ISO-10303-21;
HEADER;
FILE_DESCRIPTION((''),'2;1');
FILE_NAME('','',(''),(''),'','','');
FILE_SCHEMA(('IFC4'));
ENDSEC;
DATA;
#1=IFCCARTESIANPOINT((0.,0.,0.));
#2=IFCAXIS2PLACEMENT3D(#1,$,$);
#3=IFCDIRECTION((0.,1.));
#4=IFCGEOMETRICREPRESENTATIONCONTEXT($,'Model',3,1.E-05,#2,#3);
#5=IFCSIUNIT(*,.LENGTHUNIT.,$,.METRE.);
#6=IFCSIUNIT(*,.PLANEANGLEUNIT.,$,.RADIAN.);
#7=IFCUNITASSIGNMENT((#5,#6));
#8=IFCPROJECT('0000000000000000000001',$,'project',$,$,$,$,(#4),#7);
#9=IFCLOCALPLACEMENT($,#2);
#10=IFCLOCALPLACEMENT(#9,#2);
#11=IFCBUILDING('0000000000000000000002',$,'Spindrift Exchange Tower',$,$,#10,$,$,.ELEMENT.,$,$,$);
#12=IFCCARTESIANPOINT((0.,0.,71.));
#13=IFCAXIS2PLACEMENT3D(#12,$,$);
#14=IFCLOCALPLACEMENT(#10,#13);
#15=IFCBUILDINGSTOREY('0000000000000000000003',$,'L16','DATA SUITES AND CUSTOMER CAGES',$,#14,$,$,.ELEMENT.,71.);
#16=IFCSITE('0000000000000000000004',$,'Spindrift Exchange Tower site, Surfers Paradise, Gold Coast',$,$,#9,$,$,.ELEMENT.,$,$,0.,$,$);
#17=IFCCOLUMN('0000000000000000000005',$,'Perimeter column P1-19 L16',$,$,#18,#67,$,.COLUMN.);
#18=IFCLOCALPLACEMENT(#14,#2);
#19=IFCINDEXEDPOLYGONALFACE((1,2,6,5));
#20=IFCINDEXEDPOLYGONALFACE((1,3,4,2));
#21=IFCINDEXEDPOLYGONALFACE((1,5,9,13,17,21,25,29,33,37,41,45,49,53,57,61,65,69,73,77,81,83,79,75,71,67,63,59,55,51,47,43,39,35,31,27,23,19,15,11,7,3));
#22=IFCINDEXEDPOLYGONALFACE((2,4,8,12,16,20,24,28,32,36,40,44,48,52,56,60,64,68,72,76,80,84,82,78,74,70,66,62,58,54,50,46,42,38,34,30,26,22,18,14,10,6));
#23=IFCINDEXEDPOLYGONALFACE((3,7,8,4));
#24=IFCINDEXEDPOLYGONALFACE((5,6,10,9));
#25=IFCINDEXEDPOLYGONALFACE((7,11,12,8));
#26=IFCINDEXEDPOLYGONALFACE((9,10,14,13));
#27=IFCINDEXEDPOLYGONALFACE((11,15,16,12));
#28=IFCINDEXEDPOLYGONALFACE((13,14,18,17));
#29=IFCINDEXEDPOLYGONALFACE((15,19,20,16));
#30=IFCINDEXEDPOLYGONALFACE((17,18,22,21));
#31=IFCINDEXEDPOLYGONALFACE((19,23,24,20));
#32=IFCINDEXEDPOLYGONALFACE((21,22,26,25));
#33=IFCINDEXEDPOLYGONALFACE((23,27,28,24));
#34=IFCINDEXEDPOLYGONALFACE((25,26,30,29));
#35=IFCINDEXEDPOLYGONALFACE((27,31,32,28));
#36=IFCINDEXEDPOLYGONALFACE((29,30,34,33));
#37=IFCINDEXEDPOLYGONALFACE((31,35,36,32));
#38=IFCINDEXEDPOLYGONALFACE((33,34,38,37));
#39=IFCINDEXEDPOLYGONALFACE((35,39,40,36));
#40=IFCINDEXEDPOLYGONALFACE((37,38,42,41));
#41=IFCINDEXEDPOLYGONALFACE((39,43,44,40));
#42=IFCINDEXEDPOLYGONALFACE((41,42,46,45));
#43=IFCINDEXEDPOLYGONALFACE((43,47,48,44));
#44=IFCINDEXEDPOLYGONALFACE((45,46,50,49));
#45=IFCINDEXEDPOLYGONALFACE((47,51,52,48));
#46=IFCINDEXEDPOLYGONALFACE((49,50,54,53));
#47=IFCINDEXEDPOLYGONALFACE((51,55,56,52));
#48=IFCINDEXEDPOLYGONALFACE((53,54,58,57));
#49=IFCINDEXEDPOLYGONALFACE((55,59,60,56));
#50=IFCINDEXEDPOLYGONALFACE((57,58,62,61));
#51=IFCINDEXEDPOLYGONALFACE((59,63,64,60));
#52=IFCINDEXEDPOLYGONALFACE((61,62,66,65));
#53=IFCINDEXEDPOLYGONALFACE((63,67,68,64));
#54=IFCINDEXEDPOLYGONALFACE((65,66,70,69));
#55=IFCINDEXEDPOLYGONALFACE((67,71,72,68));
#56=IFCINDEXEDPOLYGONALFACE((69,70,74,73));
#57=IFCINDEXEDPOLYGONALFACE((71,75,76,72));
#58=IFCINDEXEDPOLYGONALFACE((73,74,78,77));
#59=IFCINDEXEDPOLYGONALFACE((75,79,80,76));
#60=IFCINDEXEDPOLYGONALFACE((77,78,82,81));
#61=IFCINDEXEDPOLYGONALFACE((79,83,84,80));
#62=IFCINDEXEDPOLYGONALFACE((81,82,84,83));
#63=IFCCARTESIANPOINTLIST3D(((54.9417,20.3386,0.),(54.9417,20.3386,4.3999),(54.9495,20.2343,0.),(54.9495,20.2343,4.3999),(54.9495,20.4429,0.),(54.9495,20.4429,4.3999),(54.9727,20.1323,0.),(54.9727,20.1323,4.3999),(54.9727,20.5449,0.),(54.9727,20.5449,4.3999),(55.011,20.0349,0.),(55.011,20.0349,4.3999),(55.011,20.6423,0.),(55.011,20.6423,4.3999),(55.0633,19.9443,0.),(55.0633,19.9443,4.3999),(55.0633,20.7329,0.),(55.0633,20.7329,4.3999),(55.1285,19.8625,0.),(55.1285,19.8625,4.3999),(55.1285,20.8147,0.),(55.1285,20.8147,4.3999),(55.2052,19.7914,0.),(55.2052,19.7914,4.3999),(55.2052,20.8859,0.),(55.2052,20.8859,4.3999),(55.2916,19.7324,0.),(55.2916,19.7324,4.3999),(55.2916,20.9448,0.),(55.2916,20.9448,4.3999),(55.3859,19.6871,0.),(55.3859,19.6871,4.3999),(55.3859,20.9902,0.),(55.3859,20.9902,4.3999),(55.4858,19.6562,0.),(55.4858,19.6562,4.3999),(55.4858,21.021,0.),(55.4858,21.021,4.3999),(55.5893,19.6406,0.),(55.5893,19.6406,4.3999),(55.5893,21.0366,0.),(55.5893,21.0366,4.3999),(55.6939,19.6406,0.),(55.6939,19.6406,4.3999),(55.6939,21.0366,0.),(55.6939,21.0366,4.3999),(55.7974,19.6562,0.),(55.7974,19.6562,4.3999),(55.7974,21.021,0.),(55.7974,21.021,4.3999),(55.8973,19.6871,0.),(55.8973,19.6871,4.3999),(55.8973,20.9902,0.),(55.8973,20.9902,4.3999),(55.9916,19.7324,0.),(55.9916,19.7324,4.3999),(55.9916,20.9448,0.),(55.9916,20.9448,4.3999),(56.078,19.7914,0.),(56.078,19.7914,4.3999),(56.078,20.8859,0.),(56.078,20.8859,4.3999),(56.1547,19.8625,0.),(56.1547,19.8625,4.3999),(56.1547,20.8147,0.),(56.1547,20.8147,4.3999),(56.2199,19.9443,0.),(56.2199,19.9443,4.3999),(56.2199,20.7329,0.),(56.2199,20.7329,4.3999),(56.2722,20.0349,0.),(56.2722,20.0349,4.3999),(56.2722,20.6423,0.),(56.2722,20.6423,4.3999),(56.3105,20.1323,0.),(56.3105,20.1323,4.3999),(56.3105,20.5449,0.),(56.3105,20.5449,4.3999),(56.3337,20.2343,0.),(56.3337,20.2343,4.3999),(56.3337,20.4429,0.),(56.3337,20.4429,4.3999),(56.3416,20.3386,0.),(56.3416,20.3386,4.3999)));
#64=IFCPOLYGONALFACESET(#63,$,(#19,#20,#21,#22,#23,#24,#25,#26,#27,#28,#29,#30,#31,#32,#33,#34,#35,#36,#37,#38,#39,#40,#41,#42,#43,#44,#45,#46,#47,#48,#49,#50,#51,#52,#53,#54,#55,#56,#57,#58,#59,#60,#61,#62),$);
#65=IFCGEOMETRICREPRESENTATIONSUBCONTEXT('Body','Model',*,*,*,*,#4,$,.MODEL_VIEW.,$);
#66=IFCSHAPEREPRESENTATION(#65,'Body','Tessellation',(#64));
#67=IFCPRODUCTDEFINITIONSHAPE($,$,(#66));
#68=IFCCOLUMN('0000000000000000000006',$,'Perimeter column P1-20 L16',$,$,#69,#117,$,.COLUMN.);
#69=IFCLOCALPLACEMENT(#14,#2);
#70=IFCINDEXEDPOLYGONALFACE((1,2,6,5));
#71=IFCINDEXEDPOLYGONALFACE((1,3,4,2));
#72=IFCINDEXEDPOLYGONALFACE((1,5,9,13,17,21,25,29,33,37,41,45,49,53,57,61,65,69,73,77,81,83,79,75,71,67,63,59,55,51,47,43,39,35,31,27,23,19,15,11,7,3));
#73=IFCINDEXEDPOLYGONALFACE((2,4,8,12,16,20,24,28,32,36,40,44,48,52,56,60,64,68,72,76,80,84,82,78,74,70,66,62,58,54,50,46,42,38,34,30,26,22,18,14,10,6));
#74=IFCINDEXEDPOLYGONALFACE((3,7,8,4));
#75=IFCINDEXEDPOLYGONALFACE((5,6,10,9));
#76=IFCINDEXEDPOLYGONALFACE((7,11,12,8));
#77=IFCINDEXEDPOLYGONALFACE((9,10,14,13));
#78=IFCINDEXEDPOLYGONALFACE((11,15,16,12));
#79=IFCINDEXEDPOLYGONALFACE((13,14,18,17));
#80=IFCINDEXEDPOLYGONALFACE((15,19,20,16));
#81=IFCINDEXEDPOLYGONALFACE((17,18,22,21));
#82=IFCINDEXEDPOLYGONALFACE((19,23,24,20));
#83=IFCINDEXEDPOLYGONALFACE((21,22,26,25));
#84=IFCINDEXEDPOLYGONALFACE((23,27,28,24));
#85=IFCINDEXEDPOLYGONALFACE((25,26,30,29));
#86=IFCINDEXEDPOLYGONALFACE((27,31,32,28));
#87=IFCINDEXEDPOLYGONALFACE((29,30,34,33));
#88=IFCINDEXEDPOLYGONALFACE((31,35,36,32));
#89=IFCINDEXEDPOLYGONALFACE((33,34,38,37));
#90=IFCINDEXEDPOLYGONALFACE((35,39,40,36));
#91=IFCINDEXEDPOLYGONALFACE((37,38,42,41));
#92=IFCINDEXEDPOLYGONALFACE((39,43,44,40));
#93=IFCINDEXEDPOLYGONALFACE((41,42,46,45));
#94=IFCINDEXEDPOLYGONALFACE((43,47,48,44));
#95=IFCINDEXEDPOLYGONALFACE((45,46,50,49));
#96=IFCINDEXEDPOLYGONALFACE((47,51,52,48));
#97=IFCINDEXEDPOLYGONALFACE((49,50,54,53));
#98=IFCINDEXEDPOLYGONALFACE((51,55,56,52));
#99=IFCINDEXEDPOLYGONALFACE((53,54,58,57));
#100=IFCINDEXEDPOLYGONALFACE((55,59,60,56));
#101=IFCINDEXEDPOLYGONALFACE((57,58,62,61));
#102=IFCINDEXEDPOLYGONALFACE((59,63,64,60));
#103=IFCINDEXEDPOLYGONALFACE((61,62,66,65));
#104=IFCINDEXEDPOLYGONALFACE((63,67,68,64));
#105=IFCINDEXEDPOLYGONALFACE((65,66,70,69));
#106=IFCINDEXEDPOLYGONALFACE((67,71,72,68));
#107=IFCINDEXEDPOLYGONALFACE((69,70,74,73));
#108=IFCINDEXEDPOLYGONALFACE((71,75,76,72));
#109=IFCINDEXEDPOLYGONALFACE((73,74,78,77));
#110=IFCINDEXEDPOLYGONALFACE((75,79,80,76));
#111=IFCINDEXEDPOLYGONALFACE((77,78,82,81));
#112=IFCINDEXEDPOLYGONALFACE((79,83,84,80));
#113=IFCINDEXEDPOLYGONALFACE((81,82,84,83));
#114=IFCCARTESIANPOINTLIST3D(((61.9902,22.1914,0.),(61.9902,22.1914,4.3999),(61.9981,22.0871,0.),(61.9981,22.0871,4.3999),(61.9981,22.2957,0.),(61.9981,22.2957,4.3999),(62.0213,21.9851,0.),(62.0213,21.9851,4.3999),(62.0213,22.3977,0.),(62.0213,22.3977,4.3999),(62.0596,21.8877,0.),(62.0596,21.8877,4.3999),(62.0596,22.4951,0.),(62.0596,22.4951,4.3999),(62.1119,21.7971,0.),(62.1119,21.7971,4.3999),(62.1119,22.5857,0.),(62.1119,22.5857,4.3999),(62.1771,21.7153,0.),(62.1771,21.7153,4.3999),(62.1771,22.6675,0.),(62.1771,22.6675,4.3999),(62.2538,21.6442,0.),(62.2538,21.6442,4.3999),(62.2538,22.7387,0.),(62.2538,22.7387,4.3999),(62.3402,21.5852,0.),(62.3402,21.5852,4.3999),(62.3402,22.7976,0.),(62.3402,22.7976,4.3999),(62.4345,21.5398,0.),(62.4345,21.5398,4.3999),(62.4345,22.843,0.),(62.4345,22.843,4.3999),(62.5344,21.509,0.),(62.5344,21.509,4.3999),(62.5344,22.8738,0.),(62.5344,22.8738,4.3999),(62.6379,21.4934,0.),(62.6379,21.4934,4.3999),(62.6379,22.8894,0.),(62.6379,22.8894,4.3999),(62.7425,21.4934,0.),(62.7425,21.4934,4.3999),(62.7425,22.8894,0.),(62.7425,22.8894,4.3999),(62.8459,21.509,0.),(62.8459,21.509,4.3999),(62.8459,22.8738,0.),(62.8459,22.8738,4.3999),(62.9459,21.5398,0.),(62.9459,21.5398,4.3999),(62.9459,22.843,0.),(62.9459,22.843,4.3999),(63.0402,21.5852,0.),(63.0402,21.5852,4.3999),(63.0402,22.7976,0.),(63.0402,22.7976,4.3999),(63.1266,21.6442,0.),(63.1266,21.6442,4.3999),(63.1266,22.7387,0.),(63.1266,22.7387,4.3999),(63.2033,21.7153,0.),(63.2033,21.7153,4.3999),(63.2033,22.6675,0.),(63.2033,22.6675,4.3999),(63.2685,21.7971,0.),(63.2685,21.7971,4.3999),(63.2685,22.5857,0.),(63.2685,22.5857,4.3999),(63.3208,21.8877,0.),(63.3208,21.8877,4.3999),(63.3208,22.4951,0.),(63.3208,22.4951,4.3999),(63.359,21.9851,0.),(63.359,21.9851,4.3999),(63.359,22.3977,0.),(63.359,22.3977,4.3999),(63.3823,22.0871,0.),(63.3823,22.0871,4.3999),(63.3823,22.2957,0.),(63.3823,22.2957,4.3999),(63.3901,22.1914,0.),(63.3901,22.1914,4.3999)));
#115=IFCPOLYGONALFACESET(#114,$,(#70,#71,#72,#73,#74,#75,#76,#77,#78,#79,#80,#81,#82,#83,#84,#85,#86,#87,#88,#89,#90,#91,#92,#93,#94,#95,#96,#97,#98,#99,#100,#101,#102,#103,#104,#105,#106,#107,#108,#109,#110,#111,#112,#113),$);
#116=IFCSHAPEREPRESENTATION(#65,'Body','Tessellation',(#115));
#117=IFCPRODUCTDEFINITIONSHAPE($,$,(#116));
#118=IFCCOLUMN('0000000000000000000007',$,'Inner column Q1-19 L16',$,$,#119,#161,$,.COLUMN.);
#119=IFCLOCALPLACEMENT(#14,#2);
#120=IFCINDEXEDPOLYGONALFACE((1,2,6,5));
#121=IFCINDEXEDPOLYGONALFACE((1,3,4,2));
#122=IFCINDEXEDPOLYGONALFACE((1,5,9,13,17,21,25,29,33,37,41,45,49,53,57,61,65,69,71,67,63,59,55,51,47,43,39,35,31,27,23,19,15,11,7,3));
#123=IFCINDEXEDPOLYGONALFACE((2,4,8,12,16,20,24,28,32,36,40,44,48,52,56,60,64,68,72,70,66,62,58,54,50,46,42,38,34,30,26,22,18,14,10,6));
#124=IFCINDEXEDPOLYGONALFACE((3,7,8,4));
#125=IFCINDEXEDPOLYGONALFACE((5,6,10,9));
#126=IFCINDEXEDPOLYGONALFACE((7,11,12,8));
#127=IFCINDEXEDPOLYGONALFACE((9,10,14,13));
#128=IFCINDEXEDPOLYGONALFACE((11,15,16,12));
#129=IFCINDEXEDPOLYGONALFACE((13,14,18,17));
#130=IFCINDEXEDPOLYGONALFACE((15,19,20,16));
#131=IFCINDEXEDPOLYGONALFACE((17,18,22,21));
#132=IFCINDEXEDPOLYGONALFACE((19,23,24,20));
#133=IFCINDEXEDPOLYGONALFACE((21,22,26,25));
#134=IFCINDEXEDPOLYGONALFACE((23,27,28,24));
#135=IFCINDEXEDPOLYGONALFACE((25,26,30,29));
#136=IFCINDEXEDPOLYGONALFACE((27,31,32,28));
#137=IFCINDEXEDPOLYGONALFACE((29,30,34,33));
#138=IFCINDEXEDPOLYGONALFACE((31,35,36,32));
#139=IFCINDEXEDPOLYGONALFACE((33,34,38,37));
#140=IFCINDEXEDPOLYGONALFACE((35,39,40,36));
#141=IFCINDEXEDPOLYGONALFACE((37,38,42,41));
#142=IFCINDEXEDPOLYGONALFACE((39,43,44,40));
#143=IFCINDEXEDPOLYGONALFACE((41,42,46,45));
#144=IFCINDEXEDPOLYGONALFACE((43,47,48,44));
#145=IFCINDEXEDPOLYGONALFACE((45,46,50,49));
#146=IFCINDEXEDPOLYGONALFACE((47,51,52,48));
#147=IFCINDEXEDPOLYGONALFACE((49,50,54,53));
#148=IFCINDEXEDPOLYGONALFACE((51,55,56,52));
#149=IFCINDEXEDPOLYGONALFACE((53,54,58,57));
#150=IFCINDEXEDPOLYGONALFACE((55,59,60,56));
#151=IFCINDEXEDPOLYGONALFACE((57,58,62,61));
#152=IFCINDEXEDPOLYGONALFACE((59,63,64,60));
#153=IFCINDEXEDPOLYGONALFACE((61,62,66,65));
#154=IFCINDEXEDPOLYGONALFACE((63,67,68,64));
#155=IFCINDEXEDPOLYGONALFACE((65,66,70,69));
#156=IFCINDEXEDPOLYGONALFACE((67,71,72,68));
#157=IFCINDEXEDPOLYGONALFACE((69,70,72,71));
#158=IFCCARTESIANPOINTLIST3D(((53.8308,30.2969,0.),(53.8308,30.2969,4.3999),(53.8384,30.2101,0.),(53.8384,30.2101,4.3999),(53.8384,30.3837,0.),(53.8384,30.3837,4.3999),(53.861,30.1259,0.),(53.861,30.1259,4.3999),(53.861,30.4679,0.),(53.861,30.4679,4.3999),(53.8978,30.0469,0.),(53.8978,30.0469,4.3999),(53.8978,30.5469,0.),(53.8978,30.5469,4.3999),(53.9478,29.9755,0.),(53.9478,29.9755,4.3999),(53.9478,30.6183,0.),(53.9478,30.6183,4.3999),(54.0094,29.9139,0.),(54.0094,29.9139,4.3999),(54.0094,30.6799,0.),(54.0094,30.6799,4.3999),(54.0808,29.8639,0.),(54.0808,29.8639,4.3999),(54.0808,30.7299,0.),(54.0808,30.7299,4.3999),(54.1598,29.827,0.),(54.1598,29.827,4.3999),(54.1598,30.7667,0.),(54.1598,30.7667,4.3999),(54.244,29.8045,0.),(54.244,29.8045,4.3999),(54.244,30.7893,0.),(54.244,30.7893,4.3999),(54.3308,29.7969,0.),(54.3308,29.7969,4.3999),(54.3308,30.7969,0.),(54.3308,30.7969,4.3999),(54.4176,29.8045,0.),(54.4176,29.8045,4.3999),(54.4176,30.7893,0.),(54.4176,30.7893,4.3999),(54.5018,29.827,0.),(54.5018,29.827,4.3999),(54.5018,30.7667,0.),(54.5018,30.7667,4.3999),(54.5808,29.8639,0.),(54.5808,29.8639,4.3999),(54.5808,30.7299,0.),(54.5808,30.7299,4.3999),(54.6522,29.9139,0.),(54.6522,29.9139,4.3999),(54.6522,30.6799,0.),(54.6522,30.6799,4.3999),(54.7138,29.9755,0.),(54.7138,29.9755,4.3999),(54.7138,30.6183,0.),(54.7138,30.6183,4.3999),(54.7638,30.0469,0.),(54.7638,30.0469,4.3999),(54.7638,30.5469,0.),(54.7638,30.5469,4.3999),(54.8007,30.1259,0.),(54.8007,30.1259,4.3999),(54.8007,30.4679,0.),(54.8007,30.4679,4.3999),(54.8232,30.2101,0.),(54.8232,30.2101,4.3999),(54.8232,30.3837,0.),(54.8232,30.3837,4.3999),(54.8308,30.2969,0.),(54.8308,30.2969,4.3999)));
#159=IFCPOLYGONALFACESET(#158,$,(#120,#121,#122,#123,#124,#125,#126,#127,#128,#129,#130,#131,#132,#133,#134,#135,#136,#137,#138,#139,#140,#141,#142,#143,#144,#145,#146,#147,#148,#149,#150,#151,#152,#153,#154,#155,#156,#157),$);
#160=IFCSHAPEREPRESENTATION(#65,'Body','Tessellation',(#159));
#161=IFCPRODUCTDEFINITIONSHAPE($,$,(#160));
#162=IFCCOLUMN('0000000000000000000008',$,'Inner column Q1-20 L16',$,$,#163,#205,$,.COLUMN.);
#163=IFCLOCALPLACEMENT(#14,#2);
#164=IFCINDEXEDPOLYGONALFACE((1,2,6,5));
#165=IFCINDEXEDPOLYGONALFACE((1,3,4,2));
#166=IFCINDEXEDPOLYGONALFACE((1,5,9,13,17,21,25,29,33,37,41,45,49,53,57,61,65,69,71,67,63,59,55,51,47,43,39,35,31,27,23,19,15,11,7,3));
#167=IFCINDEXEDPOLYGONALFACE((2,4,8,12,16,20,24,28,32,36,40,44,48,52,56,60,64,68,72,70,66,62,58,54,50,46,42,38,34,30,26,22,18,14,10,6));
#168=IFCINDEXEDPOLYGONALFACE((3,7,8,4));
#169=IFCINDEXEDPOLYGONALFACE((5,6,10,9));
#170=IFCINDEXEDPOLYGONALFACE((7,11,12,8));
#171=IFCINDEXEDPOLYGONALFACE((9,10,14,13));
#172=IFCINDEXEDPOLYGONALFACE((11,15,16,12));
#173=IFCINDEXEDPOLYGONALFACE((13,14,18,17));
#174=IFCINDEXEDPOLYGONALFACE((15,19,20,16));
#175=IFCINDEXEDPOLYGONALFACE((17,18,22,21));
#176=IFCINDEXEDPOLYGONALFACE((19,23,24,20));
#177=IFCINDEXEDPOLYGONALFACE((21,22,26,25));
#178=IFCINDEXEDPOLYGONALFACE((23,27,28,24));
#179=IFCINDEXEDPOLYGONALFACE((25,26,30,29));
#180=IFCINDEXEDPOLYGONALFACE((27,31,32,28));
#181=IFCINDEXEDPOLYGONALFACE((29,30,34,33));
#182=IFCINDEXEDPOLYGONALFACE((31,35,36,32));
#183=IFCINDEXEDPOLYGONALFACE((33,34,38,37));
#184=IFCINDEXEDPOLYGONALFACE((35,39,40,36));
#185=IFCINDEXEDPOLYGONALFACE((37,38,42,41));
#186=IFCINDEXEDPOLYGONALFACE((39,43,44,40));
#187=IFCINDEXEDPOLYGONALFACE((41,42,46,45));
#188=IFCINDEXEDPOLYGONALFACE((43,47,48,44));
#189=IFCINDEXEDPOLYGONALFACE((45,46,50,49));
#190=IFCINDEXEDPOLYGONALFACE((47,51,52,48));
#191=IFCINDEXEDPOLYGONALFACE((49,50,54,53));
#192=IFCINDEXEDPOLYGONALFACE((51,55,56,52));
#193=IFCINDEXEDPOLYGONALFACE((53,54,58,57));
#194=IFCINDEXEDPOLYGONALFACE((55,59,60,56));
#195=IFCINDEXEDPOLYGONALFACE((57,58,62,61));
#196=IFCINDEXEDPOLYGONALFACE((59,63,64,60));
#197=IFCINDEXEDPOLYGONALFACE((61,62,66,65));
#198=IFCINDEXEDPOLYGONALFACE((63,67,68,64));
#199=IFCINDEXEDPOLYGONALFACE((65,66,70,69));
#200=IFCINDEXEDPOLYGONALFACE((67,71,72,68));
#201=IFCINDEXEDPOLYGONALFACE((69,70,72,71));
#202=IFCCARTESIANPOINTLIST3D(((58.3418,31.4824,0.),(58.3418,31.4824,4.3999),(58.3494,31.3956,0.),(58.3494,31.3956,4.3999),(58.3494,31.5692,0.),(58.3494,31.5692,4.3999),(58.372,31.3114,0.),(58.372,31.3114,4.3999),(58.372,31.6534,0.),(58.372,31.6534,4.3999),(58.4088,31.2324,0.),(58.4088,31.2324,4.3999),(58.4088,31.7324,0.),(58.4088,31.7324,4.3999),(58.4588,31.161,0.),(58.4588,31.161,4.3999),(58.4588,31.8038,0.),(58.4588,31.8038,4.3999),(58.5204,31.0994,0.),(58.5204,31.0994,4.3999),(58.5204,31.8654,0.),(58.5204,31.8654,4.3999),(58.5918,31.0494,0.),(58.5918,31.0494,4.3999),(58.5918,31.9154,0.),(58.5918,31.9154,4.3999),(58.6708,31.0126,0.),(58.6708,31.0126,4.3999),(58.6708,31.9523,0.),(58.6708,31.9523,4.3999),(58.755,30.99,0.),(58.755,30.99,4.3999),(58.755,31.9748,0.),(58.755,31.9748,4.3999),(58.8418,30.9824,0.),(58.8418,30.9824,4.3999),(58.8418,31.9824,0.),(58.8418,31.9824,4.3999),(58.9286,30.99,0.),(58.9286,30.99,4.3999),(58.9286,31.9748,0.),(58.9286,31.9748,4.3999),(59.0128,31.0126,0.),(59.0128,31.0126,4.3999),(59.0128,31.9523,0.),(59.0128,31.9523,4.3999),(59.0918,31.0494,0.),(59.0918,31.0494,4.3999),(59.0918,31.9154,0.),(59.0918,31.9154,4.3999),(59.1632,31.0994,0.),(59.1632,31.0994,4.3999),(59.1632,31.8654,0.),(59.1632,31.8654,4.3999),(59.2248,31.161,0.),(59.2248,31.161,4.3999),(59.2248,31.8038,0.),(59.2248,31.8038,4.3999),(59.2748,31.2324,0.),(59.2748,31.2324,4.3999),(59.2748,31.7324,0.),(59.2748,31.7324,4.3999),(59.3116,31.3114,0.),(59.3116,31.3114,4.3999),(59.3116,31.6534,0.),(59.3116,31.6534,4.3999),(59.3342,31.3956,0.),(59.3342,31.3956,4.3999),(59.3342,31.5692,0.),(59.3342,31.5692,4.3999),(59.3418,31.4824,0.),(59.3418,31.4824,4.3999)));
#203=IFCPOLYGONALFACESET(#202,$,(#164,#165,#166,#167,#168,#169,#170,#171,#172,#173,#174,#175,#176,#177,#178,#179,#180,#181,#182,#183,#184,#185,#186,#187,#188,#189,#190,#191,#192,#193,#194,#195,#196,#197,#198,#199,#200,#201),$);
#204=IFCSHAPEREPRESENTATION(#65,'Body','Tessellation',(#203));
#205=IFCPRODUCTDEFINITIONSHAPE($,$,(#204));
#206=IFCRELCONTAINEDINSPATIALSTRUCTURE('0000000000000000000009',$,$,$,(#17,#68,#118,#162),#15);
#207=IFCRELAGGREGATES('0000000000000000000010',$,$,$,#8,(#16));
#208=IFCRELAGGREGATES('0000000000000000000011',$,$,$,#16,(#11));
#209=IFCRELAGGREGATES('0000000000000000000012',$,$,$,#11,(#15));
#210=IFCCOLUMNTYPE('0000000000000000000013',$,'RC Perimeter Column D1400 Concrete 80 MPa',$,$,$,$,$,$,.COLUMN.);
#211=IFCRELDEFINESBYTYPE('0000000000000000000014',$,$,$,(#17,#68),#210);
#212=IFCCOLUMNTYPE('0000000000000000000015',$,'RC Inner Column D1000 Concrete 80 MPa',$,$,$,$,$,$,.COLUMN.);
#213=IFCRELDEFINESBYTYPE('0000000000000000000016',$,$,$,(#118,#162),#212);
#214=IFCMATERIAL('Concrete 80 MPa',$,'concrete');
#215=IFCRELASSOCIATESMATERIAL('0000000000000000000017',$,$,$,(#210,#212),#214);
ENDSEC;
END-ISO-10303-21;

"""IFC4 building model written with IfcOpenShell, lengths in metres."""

from ifc_helpers import new_model, si_unit, direction, frame, origin, origin_2d, place, context, subcontext, project, spatial, circle, extrude, source, transform, mapped, material, material_profile, profile_set, type_object, element, save


model = new_model("IFC4")

# Units and contexts
model_context = context("Model", 3, precision=1e-05, world=origin(), true_north=direction((0.0, 1.0)))
body_context = subcontext(model_context, "Body", "Model", "MODEL_VIEW")
ifc_project = project(units=[si_unit("LENGTHUNIT", "METRE"), si_unit("PLANEANGLEUNIT", "RADIAN")], contexts=[model_context])

# Site, building, storey
site_placement = place(None, origin())
site = spatial("IfcSite", under=ifc_project, at=site_placement, Name="Spindrift Exchange Tower site, Surfers Paradise, Gold Coast", CompositionType="ELEMENT", RefElevation=0.0)
building_placement = place(site_placement, origin())
building = spatial("IfcBuilding", under=site, at=building_placement, Name="Spindrift Exchange Tower", CompositionType="ELEMENT")
storey_placement = place(building_placement, frame((0.0, 0.0, 71.0)))
storey = spatial("IfcBuildingStorey", under=building, at=storey_placement, Name="L16", Description="DATA SUITES AND CUSTOMER CAGES", CompositionType="ELEMENT", Elevation=71.0)

# Columns
ifc_material_1 = material(Name="Concrete 80 MPa", Category="concrete")
ifc_material_profile_1 = material_profile(ifc_material_1, circle(Radius=0.7, at=origin_2d()), Name="RC D1400")
ifc_profile_set_1 = profile_set([ifc_material_profile_1], Name="Concrete 80 MPa")
column_type_1 = type_object("IfcColumnType", Name="RC Perimeter Column D1400 Concrete 80 MPa", PredefinedType="COLUMN", material=ifc_profile_set_1)
shared_shape_1 = source(origin(), body_context, "Body", "SweptSolid", [
    extrude(circle(Radius=0.7, at=origin_2d()), origin(), (0.0, 0.0, 1.0), 4.3999),
])
for number, where, z_axis, x_axis, name in (
    (1, (55.6416, 20.3386, 0.0), (0.0, 0.0, 1.0), (1.0, 0.0, 0.0), "Perimeter column P1-19 L16"),
    (2, (62.6902, 22.1914, 0.0), (0.0, 0.0, 1.0), (1.0, 0.0, 0.0), "Perimeter column P1-20 L16"),
):
    element("IfcColumn", number, at=place(storey_placement, frame(where, z_axis=z_axis, x_axis=x_axis)), inside=storey, type_object=column_type_1, Name=name, PredefinedType="COLUMN", context=body_context, shape_type="MappedRepresentation", body=[
        mapped(shared_shape_1, transform((0.0, 0.0, 0.0), scale=1.0)),
    ])
ifc_material_profile_2 = material_profile(ifc_material_1, circle(Radius=0.5, at=origin_2d()), Name="RC D1000")
ifc_profile_set_2 = profile_set([ifc_material_profile_2], Name="Concrete 80 MPa")
column_type_2 = type_object("IfcColumnType", Name="RC Inner Column D1000 Concrete 80 MPa", PredefinedType="COLUMN", material=ifc_profile_set_2)
shared_shape_2 = source(origin(), body_context, "Body", "SweptSolid", [
    extrude(circle(Radius=0.5, at=origin_2d()), origin(), (0.0, 0.0, 1.0), 4.3999),
])
for number, where, z_axis, x_axis, name in (
    (3, (54.3308, 30.2969, 0.0), (0.0, 0.0, 1.0), (1.0, 0.0, 0.0), "Inner column Q1-19 L16"),
    (4, (58.8418, 31.4824, 0.0), (0.0, 0.0, 1.0), (1.0, 0.0, 0.0), "Inner column Q1-20 L16"),
):
    element("IfcColumn", number, at=place(storey_placement, frame(where, z_axis=z_axis, x_axis=x_axis)), inside=storey, type_object=column_type_2, Name=name, PredefinedType="COLUMN", context=body_context, shape_type="MappedRepresentation", body=[
        mapped(shared_shape_2, transform((0.0, 0.0, 0.0), scale=1.0)),
    ])

save(model, "model.ifc")
